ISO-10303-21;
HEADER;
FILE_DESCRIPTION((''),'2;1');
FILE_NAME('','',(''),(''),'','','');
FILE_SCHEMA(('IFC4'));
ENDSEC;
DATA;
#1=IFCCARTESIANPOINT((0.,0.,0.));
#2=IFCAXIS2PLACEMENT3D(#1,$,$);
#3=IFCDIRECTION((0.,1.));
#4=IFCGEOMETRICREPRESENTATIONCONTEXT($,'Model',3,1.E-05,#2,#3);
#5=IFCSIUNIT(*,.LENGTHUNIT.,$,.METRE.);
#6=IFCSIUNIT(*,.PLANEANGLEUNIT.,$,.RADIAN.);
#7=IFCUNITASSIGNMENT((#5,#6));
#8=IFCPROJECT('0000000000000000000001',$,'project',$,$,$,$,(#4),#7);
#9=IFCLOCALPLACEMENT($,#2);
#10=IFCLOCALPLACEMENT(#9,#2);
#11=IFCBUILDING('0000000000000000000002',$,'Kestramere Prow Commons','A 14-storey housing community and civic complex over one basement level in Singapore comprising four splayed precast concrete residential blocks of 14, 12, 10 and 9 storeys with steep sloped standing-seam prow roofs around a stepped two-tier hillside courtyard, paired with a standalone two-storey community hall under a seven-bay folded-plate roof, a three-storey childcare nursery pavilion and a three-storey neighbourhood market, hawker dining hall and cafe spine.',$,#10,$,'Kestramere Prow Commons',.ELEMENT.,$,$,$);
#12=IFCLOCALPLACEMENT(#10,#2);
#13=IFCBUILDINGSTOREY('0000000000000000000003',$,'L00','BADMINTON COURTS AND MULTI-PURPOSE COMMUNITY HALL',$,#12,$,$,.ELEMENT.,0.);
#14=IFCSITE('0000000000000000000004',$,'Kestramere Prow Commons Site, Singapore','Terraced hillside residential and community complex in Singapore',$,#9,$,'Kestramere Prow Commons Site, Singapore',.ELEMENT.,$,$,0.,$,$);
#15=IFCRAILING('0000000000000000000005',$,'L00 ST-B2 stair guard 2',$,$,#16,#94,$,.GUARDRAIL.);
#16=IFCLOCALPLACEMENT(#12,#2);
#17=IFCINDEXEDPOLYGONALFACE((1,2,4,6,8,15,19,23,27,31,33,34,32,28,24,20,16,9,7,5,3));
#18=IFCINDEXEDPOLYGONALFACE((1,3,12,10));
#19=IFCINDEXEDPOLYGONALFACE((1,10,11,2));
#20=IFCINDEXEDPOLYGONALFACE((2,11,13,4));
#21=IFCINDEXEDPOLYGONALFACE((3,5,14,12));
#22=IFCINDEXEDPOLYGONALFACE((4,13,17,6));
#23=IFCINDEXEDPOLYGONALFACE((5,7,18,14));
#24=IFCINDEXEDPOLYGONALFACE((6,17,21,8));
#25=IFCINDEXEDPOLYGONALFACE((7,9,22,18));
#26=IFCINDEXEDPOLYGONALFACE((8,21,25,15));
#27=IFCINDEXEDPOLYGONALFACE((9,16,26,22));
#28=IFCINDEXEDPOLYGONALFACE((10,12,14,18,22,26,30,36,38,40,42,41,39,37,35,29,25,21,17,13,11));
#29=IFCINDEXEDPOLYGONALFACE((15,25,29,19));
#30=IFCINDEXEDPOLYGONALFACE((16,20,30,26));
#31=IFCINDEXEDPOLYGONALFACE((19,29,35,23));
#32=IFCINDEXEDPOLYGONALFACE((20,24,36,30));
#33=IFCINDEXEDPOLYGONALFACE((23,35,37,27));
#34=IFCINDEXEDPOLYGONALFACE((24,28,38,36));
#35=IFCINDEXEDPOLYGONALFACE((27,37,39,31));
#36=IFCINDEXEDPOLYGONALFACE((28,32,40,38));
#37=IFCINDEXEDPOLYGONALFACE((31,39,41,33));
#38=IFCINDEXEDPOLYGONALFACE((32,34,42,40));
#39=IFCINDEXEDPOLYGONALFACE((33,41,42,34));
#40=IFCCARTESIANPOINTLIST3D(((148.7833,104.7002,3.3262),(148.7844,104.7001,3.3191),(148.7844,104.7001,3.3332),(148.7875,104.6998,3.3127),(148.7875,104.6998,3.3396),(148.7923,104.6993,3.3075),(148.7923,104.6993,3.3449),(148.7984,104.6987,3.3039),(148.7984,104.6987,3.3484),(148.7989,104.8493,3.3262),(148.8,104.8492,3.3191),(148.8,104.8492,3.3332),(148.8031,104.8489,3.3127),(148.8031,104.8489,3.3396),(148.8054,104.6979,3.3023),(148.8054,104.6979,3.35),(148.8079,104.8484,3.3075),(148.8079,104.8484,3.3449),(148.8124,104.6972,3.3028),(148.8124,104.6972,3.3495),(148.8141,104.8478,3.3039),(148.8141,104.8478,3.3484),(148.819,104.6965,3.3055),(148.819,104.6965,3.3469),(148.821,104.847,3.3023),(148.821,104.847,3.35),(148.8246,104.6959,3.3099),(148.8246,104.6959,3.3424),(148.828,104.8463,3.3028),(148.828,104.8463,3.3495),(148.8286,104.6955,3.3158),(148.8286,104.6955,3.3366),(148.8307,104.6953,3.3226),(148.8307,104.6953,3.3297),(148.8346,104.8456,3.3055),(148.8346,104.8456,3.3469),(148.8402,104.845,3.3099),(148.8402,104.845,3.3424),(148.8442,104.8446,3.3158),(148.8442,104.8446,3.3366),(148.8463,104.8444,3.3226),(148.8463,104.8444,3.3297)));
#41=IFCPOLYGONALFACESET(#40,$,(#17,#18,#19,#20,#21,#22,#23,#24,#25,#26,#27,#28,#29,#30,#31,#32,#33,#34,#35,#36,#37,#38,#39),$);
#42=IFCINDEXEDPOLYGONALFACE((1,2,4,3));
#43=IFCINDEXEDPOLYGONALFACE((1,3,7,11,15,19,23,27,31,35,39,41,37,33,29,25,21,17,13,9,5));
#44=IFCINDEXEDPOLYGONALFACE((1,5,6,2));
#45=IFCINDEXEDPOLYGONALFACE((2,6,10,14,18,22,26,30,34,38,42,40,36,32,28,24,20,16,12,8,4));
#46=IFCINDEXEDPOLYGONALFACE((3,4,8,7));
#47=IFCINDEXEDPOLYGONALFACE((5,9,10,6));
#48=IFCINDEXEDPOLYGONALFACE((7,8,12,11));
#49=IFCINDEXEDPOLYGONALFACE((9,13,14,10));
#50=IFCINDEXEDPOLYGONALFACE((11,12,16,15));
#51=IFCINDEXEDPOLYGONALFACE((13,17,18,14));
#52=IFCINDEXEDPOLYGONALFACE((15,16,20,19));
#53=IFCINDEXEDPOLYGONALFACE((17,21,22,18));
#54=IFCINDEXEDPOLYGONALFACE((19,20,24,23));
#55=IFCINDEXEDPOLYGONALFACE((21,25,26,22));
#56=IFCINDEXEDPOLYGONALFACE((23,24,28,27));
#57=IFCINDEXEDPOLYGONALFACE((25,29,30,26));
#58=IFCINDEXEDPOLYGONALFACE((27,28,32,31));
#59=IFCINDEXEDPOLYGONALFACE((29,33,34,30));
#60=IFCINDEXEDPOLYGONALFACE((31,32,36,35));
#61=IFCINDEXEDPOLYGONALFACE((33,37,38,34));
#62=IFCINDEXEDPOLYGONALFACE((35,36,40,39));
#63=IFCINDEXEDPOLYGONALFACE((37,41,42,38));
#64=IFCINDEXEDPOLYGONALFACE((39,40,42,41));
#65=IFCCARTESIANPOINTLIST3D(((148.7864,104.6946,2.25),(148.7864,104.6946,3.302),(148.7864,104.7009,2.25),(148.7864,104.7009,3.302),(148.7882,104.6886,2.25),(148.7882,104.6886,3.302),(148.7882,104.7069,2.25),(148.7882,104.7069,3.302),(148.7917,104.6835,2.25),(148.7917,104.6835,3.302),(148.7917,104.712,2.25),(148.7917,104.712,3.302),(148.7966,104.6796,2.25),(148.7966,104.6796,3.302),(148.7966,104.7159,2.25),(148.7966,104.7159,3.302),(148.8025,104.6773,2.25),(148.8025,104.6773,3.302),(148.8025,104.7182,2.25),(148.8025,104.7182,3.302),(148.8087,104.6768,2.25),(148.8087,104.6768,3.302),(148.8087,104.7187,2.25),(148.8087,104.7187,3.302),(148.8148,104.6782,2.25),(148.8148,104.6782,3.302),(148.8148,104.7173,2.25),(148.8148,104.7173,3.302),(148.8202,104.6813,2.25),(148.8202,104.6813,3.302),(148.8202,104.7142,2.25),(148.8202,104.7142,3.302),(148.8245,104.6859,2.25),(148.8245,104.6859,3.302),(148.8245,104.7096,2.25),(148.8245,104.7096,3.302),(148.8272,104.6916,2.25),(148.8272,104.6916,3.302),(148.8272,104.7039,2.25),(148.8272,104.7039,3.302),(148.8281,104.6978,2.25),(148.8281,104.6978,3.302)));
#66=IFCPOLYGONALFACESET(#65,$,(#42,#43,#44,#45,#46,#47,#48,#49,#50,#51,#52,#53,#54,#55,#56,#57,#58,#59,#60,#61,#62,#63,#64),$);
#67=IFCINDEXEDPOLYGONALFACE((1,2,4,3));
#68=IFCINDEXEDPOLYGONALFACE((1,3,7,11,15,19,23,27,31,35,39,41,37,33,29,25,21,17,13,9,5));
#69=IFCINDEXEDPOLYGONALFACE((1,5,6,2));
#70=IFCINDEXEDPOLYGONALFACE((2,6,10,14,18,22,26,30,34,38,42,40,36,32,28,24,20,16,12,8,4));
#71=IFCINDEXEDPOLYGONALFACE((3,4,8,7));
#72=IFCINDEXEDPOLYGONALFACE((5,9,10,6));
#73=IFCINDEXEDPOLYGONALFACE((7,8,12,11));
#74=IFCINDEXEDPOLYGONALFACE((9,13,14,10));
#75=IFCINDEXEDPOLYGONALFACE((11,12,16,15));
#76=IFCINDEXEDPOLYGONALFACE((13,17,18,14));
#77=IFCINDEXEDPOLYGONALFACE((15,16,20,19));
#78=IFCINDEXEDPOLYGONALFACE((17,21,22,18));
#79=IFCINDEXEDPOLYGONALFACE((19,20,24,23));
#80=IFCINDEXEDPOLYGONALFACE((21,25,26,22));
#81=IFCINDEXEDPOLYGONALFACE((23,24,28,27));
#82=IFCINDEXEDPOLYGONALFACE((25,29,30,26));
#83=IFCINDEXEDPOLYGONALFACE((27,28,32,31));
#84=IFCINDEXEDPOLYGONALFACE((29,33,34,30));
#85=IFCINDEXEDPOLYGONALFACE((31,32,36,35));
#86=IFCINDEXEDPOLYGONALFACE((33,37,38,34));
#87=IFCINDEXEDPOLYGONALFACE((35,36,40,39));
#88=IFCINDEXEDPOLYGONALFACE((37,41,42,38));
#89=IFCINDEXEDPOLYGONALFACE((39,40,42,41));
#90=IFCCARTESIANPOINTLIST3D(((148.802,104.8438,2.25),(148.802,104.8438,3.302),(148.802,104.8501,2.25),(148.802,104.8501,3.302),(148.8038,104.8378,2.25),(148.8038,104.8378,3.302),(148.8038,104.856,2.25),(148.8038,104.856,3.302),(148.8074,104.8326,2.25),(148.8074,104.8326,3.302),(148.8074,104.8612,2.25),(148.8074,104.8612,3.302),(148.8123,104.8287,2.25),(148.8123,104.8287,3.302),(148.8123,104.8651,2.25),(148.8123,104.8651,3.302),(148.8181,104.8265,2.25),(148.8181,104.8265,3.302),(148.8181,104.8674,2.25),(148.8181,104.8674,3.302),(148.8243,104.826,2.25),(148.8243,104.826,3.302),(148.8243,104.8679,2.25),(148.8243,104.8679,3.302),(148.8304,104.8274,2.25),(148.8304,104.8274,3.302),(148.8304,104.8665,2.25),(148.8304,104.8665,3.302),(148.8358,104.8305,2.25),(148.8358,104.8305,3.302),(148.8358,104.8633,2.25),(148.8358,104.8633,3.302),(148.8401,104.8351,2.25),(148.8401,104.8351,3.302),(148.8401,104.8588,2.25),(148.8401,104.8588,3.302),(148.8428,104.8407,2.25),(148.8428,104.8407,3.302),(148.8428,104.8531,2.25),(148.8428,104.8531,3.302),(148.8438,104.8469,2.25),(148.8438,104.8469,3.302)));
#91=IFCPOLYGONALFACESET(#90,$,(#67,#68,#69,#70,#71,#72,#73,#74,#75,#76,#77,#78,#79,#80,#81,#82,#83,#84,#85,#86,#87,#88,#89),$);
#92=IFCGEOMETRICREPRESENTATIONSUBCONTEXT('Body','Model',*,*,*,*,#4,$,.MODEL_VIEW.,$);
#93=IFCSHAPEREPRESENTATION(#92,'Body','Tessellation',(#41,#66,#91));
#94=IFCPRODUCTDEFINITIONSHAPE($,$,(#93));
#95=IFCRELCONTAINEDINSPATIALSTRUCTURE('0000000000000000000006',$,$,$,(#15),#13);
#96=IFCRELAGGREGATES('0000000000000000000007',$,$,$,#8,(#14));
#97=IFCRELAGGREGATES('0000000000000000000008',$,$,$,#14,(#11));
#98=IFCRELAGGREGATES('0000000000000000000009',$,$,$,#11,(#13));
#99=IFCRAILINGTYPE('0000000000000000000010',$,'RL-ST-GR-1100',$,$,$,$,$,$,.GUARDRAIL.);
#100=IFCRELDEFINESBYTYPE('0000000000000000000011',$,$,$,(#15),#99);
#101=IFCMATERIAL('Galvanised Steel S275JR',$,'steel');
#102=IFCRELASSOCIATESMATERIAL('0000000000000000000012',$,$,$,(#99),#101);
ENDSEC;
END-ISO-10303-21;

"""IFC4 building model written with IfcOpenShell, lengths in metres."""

from ifc_helpers import new_model, si_unit, direction, frame, origin, origin_2d, place, context, subcontext, project, spatial, circle, extrude, material, type_object, element, save


model = new_model("IFC4")

# Units and contexts
model_context = context("Model", 3, precision=1e-05, world=origin(), true_north=direction((0.0, 1.0)))
body_context = subcontext(model_context, "Body", "Model", "MODEL_VIEW")
ifc_project = project(units=[si_unit("LENGTHUNIT", "METRE"), si_unit("PLANEANGLEUNIT", "RADIAN")], contexts=[model_context])

# Site, building, storey
site_placement = place(None, origin())
site = spatial("IfcSite", under=ifc_project, at=site_placement, Name="Kestramere Prow Commons Site, Singapore", Description="Terraced hillside residential and community complex in Singapore", LongName="Kestramere Prow Commons Site, Singapore", CompositionType="ELEMENT", RefElevation=0.0)
building_placement = place(site_placement, origin())
building = spatial("IfcBuilding", under=site, at=building_placement, Name="Kestramere Prow Commons", Description="A 14-storey housing community and civic complex over one basement level in Singapore comprising four splayed precast concrete residential blocks of 14, 12, 10 and 9 storeys with steep sloped standing-seam prow roofs around a stepped two-tier hillside courtyard, paired with a standalone two-storey community hall under a seven-bay folded-plate roof, a three-storey childcare nursery pavilion and a three-storey neighbourhood market, hawker dining hall and cafe spine.", LongName="Kestramere Prow Commons", CompositionType="ELEMENT")
storey_placement = place(building_placement, origin())
storey = spatial("IfcBuildingStorey", under=building, at=storey_placement, Name="L00", Description="BADMINTON COURTS AND MULTI-PURPOSE COMMUNITY HALL", CompositionType="ELEMENT", Elevation=0.0)

# Railing
ifc_material_1 = material(Name="Galvanised Steel S275JR", Category="steel")
railing_type_1 = type_object("IfcRailingType", Name="RL-ST-GR-1100", PredefinedType="GUARDRAIL", material=ifc_material_1)
railing_1_placement = place(storey_placement, frame((148.8071, 104.6978, 2.25)))
element("IfcRailing", 1, at=railing_1_placement, inside=storey, type_object=railing_type_1, Name="L00 ST-B2 stair guard 2", PredefinedType="GUARDRAIL", context=body_context, shape_type="SweptSolid", body=[
    extrude(circle(Radius=0.0239, at=origin_2d()), frame((0.0, 0.0, 1.0762), z_axis=(0.104176, 0.994559, 0.0), x_axis=(-0.994559, 0.104176, 0.0)), (0.0, 0.0, 1.0), 0.1499),
    extrude(circle(Radius=0.021, at=origin_2d()), origin(), (0.0, 0.0, 1.0), 1.052),
    extrude(circle(Radius=0.021, at=origin_2d()), frame((0.0156, 0.1492, 0.0)), (0.0, 0.0, 1.0), 1.052),
])

save(model, "model.ifc")
